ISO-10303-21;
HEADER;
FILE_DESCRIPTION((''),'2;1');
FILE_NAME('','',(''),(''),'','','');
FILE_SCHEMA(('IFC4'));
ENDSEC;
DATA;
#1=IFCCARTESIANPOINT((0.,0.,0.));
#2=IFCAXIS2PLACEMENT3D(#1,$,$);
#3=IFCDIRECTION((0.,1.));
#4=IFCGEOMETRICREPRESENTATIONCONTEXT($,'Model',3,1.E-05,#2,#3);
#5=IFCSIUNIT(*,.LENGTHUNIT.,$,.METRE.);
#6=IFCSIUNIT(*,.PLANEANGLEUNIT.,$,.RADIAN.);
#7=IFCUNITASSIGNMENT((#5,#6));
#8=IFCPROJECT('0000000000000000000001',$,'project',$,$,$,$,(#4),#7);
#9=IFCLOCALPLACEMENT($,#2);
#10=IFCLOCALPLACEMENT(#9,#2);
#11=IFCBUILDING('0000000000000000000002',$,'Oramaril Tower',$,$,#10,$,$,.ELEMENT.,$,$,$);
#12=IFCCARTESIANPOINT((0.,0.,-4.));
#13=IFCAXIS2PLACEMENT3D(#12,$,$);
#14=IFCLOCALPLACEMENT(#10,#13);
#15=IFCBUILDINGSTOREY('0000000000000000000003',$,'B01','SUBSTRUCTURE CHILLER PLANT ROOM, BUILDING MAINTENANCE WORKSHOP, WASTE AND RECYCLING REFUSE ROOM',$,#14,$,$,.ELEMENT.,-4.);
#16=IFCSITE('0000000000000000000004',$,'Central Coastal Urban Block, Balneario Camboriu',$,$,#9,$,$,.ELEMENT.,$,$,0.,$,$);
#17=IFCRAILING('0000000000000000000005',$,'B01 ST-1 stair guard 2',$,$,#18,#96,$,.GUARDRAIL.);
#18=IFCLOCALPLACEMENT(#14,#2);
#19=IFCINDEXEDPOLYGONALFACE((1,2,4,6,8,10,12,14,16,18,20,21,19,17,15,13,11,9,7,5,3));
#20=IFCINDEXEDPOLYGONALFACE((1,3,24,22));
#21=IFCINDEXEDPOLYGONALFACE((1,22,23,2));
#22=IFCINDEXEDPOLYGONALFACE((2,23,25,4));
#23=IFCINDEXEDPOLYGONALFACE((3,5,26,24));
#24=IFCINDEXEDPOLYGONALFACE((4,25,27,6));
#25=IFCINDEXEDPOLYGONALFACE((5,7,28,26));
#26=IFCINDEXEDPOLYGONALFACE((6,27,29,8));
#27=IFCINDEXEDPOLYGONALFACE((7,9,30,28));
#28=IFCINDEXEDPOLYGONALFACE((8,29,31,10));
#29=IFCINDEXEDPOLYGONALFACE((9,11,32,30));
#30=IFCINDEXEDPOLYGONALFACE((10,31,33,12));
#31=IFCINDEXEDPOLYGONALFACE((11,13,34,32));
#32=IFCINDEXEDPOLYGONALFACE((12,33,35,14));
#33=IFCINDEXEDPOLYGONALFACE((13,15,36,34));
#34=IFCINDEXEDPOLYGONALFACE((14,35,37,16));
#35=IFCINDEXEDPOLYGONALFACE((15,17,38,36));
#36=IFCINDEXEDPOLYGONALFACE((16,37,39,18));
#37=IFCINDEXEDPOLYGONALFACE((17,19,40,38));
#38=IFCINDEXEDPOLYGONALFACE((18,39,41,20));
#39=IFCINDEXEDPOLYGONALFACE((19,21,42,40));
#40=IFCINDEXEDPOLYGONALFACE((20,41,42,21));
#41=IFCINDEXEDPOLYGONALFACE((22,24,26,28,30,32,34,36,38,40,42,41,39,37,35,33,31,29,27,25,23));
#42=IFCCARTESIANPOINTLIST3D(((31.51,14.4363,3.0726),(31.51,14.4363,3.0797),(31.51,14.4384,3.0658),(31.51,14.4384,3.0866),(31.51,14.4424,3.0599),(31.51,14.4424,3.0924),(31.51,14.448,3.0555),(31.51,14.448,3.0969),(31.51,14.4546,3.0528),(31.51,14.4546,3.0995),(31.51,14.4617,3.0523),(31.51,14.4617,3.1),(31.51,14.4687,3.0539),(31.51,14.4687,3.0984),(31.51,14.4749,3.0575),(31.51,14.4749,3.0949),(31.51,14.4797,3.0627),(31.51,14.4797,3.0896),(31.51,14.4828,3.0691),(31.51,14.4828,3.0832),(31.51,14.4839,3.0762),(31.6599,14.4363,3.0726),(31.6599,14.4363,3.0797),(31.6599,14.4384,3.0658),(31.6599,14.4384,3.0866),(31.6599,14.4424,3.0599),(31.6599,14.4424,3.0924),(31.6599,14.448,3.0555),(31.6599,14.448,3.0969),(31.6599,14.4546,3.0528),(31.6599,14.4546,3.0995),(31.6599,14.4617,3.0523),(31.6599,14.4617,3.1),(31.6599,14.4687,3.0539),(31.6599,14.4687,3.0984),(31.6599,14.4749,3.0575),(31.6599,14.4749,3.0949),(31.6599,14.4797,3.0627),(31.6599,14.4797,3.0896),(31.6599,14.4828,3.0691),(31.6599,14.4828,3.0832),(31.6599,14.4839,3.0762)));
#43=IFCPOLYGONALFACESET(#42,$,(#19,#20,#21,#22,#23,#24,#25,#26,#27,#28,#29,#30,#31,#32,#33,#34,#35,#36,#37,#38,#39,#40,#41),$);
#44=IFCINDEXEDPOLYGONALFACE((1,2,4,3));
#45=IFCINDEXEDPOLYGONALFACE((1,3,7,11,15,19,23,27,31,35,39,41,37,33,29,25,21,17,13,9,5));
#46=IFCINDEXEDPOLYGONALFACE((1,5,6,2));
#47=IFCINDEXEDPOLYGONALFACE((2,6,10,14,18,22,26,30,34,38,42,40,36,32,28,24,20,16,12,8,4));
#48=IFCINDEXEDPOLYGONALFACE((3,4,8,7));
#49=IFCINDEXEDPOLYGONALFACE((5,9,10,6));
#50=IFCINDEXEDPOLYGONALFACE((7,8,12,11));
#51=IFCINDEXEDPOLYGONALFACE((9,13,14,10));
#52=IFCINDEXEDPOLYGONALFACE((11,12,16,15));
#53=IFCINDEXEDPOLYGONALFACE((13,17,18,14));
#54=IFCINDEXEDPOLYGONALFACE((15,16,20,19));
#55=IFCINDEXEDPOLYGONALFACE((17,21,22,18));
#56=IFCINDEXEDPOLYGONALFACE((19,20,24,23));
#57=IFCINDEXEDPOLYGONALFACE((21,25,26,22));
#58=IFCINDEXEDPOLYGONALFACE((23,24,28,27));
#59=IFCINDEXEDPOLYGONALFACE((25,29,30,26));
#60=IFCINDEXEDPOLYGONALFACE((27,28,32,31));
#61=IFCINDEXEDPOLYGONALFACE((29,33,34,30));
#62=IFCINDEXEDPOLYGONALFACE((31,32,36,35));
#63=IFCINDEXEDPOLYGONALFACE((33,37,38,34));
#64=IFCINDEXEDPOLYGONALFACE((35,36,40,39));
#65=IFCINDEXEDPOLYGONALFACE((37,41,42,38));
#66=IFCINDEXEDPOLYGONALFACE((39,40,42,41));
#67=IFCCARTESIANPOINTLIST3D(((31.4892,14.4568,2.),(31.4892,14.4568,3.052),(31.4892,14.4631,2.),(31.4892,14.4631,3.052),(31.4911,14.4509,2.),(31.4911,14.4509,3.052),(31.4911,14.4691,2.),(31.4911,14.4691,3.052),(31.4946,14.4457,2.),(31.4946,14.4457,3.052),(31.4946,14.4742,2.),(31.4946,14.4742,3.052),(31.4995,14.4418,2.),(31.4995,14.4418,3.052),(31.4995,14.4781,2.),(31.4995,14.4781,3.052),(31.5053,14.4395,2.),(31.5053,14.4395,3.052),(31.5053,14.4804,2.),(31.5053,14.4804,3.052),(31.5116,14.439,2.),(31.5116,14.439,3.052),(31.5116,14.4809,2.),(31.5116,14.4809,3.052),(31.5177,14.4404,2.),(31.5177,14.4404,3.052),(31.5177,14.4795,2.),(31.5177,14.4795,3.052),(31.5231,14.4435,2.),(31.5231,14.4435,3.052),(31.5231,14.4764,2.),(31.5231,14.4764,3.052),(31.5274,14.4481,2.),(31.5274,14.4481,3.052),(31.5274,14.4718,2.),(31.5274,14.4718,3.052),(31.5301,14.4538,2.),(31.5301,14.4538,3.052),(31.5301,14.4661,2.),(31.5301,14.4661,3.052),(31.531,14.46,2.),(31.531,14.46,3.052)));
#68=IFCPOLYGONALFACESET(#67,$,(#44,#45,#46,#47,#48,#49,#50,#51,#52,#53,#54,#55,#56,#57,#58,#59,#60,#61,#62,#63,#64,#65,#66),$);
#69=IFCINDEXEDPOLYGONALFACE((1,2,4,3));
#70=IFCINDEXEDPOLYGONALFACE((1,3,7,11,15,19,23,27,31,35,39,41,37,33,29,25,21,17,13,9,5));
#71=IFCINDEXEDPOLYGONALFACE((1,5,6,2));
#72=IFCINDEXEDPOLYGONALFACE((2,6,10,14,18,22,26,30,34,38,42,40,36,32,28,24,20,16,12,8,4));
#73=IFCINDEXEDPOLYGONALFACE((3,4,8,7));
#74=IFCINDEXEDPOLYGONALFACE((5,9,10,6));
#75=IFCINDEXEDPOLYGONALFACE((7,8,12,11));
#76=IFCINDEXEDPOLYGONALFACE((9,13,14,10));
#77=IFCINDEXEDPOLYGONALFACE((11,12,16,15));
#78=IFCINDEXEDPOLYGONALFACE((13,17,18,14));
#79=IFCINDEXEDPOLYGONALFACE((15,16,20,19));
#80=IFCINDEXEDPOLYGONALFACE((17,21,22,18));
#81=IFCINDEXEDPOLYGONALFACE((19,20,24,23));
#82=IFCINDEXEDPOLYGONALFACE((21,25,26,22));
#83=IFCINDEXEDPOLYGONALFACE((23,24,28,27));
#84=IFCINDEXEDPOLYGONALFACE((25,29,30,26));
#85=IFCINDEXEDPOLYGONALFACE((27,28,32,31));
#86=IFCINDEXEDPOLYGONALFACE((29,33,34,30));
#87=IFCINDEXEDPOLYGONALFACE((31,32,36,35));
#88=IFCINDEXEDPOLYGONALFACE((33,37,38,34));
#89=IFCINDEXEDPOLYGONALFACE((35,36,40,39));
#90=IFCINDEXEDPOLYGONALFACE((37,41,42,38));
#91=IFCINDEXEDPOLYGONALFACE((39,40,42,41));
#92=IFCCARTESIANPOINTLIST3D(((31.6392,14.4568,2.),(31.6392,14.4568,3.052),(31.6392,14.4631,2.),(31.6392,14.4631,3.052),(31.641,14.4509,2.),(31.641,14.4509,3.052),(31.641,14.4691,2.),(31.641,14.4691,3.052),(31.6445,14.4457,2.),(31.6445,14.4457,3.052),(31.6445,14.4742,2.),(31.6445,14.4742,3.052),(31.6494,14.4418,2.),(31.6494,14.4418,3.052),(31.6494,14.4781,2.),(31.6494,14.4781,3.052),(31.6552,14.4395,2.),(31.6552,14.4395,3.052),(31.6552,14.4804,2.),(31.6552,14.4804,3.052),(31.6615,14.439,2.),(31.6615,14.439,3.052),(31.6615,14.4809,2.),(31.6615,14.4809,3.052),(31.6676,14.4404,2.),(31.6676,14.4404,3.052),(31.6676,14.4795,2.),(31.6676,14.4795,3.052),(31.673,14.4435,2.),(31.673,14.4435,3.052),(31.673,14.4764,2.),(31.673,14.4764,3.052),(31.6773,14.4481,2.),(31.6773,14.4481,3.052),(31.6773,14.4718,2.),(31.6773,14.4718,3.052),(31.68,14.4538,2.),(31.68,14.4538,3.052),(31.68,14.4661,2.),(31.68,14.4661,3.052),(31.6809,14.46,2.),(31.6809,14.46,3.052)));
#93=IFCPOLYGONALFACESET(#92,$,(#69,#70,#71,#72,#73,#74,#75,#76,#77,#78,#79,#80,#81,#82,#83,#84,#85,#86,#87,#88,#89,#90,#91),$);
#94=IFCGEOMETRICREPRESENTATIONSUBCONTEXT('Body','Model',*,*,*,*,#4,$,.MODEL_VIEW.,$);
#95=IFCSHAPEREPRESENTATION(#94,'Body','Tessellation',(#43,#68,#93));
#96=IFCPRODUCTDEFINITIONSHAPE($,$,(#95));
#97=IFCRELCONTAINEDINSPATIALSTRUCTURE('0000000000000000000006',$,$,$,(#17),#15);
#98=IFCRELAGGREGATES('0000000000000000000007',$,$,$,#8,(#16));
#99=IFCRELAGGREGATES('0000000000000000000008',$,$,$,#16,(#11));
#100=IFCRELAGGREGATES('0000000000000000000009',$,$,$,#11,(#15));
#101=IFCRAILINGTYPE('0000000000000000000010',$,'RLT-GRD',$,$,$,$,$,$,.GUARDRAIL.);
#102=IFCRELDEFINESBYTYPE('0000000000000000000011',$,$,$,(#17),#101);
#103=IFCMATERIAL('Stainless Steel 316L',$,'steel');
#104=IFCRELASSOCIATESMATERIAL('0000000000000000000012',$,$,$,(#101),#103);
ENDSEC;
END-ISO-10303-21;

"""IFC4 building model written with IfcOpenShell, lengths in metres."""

from ifc_helpers import new_model, si_unit, direction, frame, origin, origin_2d, place, context, subcontext, project, spatial, circle, extrude, material, type_object, element, save


model = new_model("IFC4")

# Units and contexts
model_context = context("Model", 3, precision=1e-05, world=origin(), true_north=direction((0.0, 1.0)))
body_context = subcontext(model_context, "Body", "Model", "MODEL_VIEW")
ifc_project = project(units=[si_unit("LENGTHUNIT", "METRE"), si_unit("PLANEANGLEUNIT", "RADIAN")], contexts=[model_context])

# Site, building, storey
site_placement = place(None, origin())
site = spatial("IfcSite", under=ifc_project, at=site_placement, Name="Central Coastal Urban Block, Balneario Camboriu", CompositionType="ELEMENT", RefElevation=0.0)
building_placement = place(site_placement, origin())
building = spatial("IfcBuilding", under=site, at=building_placement, Name="Oramaril Tower", CompositionType="ELEMENT")
storey_placement = place(building_placement, frame((0.0, 0.0, -4.0)))
storey = spatial("IfcBuildingStorey", under=building, at=storey_placement, Name="B01", Description="SUBSTRUCTURE CHILLER PLANT ROOM, BUILDING MAINTENANCE WORKSHOP, WASTE AND RECYCLING REFUSE ROOM", CompositionType="ELEMENT", Elevation=-4.0)

# Railing
ifc_material_1 = material(Name="Stainless Steel 316L", Category="steel")
railing_type_1 = type_object("IfcRailingType", Name="RLT-GRD", PredefinedType="GUARDRAIL", material=ifc_material_1)
railing_1_placement = place(storey_placement, frame((31.51, 14.46, 2.0)))
element("IfcRailing", 1, at=railing_1_placement, inside=storey, type_object=railing_type_1, Name="B01 ST-1 stair guard 2", PredefinedType="GUARDRAIL", context=body_context, shape_type="SweptSolid", body=[
    extrude(circle(Radius=0.0239, at=origin_2d()), frame((0.0, 0.0, 1.0762), z_axis=(1.0, 0.0, 0.0), x_axis=(0.0, 1.0, 0.0)), (0.0, 0.0, 1.0), 0.1499),
    extrude(circle(Radius=0.021, at=origin_2d()), origin(), (0.0, 0.0, 1.0), 1.052),
    extrude(circle(Radius=0.021, at=origin_2d()), frame((0.1499, 0.0, 0.0)), (0.0, 0.0, 1.0), 1.052),
])

save(model, "model.ifc")
